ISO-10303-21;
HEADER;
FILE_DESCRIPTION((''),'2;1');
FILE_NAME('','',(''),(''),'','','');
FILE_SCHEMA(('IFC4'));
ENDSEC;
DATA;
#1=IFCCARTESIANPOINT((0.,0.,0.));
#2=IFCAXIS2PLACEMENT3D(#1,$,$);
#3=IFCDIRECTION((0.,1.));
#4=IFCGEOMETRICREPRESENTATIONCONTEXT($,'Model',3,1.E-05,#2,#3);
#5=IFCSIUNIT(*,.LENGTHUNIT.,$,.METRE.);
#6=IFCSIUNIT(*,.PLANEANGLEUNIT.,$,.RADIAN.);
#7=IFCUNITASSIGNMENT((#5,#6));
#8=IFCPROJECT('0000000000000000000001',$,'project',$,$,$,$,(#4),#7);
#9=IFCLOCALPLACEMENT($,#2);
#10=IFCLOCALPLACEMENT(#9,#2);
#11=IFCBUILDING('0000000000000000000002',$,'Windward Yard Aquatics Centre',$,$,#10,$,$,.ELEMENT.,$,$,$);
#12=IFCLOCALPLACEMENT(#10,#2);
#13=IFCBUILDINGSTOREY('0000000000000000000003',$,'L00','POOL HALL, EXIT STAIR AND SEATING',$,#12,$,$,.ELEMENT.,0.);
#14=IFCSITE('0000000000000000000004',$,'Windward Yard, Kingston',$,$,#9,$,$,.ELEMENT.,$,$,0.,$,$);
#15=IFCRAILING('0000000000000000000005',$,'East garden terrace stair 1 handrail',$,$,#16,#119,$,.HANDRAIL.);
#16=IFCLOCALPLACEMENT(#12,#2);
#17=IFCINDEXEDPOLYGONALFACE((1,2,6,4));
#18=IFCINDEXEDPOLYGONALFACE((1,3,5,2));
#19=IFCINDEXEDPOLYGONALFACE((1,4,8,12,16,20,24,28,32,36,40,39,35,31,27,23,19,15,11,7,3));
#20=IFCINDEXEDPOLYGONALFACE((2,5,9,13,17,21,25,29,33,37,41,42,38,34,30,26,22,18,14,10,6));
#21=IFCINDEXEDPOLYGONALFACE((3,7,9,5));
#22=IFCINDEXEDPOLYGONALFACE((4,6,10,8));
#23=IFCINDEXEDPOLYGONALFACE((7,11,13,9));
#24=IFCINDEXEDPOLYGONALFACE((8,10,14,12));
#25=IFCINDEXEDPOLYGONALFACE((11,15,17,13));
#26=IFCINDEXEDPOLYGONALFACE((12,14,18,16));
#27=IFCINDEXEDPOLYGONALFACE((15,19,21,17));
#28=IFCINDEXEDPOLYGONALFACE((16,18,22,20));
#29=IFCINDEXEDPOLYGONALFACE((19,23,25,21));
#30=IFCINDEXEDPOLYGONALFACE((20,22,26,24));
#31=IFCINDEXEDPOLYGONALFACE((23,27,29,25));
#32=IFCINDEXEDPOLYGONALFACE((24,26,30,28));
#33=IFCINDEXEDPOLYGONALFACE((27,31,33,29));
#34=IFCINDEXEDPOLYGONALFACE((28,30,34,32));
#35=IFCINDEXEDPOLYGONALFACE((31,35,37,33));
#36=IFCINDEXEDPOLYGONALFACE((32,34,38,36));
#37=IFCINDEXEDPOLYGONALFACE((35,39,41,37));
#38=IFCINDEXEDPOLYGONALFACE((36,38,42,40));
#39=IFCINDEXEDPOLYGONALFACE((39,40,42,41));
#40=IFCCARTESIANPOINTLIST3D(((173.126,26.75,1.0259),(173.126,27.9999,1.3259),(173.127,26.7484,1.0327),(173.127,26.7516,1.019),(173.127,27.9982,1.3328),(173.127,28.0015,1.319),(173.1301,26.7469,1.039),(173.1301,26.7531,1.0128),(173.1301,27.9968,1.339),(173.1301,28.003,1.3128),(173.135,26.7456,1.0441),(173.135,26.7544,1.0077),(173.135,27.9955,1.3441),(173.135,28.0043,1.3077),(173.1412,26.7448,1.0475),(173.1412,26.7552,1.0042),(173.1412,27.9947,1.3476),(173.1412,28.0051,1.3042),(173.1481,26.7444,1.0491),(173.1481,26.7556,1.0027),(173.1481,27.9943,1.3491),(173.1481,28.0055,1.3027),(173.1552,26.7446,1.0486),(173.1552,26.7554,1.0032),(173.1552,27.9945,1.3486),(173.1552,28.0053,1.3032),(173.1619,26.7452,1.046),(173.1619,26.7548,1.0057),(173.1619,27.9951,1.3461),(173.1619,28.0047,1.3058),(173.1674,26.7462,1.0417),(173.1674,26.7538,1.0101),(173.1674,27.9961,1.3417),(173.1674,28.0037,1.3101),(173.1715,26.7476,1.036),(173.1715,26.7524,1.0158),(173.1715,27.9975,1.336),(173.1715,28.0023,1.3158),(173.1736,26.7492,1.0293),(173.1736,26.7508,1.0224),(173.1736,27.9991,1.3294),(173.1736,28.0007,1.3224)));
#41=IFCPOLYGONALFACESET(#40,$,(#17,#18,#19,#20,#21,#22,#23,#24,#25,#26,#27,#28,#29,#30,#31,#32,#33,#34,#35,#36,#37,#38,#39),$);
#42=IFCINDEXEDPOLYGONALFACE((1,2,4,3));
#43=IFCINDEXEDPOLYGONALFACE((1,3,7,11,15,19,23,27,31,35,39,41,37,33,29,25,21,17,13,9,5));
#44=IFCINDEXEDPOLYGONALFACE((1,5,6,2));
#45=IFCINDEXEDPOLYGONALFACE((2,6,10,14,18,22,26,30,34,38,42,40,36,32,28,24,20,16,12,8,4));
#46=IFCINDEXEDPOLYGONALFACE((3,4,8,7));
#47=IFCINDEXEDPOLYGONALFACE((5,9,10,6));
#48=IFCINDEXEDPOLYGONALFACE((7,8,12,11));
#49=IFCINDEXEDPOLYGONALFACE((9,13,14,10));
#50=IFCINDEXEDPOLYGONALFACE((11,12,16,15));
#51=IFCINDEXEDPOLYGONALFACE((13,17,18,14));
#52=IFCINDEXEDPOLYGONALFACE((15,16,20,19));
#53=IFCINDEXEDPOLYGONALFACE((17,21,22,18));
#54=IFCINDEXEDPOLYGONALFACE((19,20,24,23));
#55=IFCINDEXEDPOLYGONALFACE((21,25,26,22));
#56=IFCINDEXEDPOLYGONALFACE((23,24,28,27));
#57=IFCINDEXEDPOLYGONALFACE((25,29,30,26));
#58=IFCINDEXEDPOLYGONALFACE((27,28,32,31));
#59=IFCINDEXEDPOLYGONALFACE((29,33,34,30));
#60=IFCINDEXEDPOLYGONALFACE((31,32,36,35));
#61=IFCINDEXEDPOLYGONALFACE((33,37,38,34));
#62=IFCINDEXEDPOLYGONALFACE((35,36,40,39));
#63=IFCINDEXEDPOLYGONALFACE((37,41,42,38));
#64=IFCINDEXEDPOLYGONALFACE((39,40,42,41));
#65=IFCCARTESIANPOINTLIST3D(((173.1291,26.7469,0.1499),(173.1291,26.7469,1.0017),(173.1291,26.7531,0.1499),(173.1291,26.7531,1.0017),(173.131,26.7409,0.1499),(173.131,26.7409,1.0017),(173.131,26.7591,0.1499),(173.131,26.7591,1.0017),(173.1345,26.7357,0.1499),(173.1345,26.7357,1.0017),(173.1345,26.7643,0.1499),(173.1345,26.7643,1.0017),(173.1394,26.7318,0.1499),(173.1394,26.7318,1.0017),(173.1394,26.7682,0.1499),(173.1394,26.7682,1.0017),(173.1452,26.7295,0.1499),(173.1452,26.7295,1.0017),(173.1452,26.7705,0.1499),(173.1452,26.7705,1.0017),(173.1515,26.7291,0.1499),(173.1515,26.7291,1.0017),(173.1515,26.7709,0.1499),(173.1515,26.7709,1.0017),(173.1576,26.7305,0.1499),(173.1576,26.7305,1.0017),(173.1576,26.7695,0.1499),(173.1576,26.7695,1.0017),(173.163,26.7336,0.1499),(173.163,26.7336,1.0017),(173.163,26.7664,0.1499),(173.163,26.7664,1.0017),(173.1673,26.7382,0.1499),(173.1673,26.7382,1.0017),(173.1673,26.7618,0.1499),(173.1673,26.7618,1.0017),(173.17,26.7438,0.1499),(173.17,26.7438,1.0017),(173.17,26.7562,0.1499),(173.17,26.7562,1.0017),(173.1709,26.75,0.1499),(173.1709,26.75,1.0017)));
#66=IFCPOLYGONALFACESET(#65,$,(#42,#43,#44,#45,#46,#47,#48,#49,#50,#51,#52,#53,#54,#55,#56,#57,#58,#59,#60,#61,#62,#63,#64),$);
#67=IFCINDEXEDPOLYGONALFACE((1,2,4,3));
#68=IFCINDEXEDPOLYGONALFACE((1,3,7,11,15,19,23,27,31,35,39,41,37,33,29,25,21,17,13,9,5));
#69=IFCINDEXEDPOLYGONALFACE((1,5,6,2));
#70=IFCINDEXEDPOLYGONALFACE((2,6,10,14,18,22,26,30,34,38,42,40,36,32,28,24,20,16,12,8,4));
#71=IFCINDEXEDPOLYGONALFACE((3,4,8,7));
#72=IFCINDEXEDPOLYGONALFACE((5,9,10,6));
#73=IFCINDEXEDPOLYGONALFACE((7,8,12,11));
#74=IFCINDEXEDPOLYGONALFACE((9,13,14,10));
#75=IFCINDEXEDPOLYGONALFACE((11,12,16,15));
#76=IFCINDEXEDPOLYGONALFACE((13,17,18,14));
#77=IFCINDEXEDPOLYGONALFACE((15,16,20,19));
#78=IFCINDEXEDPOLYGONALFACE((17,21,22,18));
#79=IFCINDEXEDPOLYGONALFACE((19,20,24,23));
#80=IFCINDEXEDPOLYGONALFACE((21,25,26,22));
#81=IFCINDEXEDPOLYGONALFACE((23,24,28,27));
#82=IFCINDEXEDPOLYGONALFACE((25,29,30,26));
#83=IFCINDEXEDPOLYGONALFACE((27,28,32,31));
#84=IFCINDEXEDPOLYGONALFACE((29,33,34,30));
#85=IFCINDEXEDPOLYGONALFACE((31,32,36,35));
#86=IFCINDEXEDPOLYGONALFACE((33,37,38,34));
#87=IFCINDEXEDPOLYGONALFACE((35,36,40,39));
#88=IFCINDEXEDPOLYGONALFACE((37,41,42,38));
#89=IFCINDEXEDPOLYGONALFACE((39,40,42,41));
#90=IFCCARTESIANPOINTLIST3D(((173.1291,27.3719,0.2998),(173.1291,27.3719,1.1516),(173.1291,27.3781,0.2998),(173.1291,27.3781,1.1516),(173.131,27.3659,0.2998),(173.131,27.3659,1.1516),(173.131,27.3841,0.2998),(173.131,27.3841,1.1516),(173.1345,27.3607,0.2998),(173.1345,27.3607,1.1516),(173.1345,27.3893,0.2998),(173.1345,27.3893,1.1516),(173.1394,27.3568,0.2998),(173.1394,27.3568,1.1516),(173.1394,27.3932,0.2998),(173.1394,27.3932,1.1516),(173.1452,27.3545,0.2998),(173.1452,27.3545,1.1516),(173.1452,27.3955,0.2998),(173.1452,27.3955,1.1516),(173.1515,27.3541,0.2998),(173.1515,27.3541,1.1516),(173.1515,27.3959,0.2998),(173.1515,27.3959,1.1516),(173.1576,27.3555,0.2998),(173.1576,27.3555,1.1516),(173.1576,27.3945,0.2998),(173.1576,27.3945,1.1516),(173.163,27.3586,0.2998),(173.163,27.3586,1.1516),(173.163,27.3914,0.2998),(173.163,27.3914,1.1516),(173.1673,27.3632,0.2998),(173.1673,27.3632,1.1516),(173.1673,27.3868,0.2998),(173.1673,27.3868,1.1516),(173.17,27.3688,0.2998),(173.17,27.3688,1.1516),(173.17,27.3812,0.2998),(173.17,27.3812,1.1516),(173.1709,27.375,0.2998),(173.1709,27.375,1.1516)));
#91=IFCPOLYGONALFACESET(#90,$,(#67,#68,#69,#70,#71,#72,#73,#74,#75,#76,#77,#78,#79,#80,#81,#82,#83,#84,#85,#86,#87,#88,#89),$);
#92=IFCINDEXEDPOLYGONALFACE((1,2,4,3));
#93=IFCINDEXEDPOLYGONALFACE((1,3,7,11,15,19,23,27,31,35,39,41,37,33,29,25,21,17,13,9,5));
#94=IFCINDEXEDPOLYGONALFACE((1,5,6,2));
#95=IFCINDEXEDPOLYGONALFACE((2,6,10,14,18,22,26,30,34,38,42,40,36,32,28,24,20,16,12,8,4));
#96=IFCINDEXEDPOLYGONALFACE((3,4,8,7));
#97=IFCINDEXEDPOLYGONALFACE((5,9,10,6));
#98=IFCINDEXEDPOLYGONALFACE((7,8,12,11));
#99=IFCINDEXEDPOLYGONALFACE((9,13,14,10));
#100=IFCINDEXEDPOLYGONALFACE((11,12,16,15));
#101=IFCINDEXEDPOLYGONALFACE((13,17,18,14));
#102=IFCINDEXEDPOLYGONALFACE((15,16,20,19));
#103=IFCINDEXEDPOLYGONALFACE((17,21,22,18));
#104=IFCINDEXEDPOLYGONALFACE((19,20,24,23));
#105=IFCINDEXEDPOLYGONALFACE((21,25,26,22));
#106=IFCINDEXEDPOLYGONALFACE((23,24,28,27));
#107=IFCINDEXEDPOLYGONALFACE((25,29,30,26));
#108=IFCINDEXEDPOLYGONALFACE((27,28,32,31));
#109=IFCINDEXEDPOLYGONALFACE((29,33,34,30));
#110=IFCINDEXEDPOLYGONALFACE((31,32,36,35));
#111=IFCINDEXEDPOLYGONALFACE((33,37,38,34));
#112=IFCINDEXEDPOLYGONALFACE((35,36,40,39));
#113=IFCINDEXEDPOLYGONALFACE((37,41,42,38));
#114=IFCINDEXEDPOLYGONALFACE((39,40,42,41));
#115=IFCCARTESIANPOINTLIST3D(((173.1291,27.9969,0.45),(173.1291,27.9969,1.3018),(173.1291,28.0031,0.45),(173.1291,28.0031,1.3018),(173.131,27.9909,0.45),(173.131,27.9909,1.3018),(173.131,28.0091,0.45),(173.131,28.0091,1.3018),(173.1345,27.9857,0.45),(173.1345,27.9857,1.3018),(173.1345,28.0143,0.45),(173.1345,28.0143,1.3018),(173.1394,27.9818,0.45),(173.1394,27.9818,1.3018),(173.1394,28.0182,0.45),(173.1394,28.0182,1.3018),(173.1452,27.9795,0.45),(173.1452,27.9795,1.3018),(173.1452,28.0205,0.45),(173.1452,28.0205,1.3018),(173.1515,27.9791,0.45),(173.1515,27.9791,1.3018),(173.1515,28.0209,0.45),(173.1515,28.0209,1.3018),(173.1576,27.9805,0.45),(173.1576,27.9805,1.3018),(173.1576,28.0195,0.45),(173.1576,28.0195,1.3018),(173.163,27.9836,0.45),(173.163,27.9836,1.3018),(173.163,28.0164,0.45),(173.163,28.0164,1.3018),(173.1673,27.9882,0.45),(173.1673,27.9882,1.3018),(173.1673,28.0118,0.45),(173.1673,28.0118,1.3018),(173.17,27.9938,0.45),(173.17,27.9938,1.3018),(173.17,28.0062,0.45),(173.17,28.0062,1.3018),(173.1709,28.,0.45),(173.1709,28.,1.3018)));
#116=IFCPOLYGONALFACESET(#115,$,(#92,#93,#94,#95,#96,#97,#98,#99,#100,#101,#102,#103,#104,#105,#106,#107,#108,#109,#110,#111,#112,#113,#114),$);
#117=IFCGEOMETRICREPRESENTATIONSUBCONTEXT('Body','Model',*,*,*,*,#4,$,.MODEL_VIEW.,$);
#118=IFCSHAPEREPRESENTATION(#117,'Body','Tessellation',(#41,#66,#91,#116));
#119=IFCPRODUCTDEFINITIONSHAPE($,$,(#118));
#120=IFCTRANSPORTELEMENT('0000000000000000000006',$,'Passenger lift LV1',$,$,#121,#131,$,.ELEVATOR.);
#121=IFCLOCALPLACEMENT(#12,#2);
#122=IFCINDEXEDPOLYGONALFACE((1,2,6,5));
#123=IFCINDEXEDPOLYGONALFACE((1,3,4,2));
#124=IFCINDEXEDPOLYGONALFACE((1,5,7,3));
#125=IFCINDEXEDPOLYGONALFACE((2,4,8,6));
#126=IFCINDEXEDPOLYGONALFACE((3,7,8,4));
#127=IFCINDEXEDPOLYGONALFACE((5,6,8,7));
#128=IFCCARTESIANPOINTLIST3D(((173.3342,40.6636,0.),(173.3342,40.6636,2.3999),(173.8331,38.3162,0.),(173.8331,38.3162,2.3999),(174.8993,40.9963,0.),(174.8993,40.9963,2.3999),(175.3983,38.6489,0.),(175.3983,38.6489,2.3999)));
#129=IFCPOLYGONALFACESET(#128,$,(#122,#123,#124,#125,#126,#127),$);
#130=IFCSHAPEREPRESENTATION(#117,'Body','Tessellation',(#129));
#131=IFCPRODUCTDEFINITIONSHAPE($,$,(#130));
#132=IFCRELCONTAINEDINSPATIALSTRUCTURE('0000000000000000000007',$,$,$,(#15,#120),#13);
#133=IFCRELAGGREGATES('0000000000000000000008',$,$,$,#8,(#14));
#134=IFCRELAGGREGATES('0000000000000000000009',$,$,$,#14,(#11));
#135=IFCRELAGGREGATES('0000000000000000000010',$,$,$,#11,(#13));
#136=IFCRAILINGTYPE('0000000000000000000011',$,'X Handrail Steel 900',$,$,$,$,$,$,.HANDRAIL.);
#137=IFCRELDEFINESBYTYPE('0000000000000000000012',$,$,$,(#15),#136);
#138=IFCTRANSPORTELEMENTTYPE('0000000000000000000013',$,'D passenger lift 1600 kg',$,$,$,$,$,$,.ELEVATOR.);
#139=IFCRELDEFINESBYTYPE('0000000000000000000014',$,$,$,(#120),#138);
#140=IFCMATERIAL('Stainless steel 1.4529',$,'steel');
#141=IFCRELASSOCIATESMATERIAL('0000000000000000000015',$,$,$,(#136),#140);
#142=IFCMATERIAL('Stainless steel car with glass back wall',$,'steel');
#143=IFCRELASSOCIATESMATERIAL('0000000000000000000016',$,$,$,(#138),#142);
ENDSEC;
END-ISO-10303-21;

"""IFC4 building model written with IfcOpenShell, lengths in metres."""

from ifc_helpers import new_model, si_unit, direction, frame, origin, origin_2d, place, context, subcontext, project, spatial, rectangle, circle, extrude, material, type_object, element, save


model = new_model("IFC4")

# Units and contexts
model_context = context("Model", 3, precision=1e-05, world=origin(), true_north=direction((0.0, 1.0)))
body_context = subcontext(model_context, "Body", "Model", "MODEL_VIEW")
ifc_project = project(units=[si_unit("LENGTHUNIT", "METRE"), si_unit("PLANEANGLEUNIT", "RADIAN")], contexts=[model_context])

# Site, building, storey
site_placement = place(None, origin())
site = spatial("IfcSite", under=ifc_project, at=site_placement, Name="Windward Yard, Kingston", CompositionType="ELEMENT", RefElevation=0.0)
building_placement = place(site_placement, origin())
building = spatial("IfcBuilding", under=site, at=building_placement, Name="Windward Yard Aquatics Centre", CompositionType="ELEMENT")
storey_placement = place(building_placement, origin())
storey = spatial("IfcBuildingStorey", under=building, at=storey_placement, Name="L00", Description="POOL HALL, EXIT STAIR AND SEATING", CompositionType="ELEMENT", Elevation=0.0)

# Railing
ifc_material_1 = material(Name="Stainless steel 1.4529", Category="steel")
railing_type = type_object("IfcRailingType", Name="X Handrail Steel 900", PredefinedType="HANDRAIL", material=ifc_material_1)
for number, where, name in (
    (1, (173.1499, 26.75, 0.1499), "East garden terrace stair 1 handrail"),
):
    element("IfcRailing", number, at=place(storey_placement, frame(where)), inside=storey, type_object=railing_type, Name=name, PredefinedType="HANDRAIL", context=body_context, shape_type="SweptSolid", body=[
        extrude(circle(Radius=0.0239, at=origin_2d()), frame((0.0, 0.0, 0.876), z_axis=(0.0, 0.972379, 0.233409), x_axis=(-1.0, 0.0, 0.0)), (0.0, 0.0, 1.0), 1.2854),
        extrude(circle(Radius=0.021, at=origin_2d()), origin(), (0.0, 0.0, 1.0), 0.8518),
        extrude(circle(Radius=0.021, at=origin_2d()), frame((0.0, 0.625, 0.1499)), (0.0, 0.0, 1.0), 0.8518),
        extrude(circle(Radius=0.021, at=origin_2d()), frame((0.0, 1.25, 0.3)), (0.0, 0.0, 1.0), 0.8518),
    ])

# Transport element
ifc_material_2 = material(Name="Stainless steel car with glass back wall", Category="steel")
transport_element_type = type_object("IfcTransportElementType", Name="D passenger lift 1600 kg", PredefinedType="ELEVATOR", material=ifc_material_2)
transport_element_placement = place(storey_placement, frame((174.3662, 39.6562, 0.0), z_axis=(0.0, 0.0, 1.0), x_axis=(0.978148, 0.207912, 0.0)))
element("IfcTransportElement", 2, at=transport_element_placement, inside=storey, type_object=transport_element_type, Name="Passenger lift LV1", PredefinedType="ELEVATOR", context=body_context, shape_type="SweptSolid", body=[
    extrude(rectangle(XDim=1.6001, YDim=2.3999, at=origin_2d()), origin(), (0.0, 0.0, 1.0), 2.3999),
])

save(model, "model.ifc")
